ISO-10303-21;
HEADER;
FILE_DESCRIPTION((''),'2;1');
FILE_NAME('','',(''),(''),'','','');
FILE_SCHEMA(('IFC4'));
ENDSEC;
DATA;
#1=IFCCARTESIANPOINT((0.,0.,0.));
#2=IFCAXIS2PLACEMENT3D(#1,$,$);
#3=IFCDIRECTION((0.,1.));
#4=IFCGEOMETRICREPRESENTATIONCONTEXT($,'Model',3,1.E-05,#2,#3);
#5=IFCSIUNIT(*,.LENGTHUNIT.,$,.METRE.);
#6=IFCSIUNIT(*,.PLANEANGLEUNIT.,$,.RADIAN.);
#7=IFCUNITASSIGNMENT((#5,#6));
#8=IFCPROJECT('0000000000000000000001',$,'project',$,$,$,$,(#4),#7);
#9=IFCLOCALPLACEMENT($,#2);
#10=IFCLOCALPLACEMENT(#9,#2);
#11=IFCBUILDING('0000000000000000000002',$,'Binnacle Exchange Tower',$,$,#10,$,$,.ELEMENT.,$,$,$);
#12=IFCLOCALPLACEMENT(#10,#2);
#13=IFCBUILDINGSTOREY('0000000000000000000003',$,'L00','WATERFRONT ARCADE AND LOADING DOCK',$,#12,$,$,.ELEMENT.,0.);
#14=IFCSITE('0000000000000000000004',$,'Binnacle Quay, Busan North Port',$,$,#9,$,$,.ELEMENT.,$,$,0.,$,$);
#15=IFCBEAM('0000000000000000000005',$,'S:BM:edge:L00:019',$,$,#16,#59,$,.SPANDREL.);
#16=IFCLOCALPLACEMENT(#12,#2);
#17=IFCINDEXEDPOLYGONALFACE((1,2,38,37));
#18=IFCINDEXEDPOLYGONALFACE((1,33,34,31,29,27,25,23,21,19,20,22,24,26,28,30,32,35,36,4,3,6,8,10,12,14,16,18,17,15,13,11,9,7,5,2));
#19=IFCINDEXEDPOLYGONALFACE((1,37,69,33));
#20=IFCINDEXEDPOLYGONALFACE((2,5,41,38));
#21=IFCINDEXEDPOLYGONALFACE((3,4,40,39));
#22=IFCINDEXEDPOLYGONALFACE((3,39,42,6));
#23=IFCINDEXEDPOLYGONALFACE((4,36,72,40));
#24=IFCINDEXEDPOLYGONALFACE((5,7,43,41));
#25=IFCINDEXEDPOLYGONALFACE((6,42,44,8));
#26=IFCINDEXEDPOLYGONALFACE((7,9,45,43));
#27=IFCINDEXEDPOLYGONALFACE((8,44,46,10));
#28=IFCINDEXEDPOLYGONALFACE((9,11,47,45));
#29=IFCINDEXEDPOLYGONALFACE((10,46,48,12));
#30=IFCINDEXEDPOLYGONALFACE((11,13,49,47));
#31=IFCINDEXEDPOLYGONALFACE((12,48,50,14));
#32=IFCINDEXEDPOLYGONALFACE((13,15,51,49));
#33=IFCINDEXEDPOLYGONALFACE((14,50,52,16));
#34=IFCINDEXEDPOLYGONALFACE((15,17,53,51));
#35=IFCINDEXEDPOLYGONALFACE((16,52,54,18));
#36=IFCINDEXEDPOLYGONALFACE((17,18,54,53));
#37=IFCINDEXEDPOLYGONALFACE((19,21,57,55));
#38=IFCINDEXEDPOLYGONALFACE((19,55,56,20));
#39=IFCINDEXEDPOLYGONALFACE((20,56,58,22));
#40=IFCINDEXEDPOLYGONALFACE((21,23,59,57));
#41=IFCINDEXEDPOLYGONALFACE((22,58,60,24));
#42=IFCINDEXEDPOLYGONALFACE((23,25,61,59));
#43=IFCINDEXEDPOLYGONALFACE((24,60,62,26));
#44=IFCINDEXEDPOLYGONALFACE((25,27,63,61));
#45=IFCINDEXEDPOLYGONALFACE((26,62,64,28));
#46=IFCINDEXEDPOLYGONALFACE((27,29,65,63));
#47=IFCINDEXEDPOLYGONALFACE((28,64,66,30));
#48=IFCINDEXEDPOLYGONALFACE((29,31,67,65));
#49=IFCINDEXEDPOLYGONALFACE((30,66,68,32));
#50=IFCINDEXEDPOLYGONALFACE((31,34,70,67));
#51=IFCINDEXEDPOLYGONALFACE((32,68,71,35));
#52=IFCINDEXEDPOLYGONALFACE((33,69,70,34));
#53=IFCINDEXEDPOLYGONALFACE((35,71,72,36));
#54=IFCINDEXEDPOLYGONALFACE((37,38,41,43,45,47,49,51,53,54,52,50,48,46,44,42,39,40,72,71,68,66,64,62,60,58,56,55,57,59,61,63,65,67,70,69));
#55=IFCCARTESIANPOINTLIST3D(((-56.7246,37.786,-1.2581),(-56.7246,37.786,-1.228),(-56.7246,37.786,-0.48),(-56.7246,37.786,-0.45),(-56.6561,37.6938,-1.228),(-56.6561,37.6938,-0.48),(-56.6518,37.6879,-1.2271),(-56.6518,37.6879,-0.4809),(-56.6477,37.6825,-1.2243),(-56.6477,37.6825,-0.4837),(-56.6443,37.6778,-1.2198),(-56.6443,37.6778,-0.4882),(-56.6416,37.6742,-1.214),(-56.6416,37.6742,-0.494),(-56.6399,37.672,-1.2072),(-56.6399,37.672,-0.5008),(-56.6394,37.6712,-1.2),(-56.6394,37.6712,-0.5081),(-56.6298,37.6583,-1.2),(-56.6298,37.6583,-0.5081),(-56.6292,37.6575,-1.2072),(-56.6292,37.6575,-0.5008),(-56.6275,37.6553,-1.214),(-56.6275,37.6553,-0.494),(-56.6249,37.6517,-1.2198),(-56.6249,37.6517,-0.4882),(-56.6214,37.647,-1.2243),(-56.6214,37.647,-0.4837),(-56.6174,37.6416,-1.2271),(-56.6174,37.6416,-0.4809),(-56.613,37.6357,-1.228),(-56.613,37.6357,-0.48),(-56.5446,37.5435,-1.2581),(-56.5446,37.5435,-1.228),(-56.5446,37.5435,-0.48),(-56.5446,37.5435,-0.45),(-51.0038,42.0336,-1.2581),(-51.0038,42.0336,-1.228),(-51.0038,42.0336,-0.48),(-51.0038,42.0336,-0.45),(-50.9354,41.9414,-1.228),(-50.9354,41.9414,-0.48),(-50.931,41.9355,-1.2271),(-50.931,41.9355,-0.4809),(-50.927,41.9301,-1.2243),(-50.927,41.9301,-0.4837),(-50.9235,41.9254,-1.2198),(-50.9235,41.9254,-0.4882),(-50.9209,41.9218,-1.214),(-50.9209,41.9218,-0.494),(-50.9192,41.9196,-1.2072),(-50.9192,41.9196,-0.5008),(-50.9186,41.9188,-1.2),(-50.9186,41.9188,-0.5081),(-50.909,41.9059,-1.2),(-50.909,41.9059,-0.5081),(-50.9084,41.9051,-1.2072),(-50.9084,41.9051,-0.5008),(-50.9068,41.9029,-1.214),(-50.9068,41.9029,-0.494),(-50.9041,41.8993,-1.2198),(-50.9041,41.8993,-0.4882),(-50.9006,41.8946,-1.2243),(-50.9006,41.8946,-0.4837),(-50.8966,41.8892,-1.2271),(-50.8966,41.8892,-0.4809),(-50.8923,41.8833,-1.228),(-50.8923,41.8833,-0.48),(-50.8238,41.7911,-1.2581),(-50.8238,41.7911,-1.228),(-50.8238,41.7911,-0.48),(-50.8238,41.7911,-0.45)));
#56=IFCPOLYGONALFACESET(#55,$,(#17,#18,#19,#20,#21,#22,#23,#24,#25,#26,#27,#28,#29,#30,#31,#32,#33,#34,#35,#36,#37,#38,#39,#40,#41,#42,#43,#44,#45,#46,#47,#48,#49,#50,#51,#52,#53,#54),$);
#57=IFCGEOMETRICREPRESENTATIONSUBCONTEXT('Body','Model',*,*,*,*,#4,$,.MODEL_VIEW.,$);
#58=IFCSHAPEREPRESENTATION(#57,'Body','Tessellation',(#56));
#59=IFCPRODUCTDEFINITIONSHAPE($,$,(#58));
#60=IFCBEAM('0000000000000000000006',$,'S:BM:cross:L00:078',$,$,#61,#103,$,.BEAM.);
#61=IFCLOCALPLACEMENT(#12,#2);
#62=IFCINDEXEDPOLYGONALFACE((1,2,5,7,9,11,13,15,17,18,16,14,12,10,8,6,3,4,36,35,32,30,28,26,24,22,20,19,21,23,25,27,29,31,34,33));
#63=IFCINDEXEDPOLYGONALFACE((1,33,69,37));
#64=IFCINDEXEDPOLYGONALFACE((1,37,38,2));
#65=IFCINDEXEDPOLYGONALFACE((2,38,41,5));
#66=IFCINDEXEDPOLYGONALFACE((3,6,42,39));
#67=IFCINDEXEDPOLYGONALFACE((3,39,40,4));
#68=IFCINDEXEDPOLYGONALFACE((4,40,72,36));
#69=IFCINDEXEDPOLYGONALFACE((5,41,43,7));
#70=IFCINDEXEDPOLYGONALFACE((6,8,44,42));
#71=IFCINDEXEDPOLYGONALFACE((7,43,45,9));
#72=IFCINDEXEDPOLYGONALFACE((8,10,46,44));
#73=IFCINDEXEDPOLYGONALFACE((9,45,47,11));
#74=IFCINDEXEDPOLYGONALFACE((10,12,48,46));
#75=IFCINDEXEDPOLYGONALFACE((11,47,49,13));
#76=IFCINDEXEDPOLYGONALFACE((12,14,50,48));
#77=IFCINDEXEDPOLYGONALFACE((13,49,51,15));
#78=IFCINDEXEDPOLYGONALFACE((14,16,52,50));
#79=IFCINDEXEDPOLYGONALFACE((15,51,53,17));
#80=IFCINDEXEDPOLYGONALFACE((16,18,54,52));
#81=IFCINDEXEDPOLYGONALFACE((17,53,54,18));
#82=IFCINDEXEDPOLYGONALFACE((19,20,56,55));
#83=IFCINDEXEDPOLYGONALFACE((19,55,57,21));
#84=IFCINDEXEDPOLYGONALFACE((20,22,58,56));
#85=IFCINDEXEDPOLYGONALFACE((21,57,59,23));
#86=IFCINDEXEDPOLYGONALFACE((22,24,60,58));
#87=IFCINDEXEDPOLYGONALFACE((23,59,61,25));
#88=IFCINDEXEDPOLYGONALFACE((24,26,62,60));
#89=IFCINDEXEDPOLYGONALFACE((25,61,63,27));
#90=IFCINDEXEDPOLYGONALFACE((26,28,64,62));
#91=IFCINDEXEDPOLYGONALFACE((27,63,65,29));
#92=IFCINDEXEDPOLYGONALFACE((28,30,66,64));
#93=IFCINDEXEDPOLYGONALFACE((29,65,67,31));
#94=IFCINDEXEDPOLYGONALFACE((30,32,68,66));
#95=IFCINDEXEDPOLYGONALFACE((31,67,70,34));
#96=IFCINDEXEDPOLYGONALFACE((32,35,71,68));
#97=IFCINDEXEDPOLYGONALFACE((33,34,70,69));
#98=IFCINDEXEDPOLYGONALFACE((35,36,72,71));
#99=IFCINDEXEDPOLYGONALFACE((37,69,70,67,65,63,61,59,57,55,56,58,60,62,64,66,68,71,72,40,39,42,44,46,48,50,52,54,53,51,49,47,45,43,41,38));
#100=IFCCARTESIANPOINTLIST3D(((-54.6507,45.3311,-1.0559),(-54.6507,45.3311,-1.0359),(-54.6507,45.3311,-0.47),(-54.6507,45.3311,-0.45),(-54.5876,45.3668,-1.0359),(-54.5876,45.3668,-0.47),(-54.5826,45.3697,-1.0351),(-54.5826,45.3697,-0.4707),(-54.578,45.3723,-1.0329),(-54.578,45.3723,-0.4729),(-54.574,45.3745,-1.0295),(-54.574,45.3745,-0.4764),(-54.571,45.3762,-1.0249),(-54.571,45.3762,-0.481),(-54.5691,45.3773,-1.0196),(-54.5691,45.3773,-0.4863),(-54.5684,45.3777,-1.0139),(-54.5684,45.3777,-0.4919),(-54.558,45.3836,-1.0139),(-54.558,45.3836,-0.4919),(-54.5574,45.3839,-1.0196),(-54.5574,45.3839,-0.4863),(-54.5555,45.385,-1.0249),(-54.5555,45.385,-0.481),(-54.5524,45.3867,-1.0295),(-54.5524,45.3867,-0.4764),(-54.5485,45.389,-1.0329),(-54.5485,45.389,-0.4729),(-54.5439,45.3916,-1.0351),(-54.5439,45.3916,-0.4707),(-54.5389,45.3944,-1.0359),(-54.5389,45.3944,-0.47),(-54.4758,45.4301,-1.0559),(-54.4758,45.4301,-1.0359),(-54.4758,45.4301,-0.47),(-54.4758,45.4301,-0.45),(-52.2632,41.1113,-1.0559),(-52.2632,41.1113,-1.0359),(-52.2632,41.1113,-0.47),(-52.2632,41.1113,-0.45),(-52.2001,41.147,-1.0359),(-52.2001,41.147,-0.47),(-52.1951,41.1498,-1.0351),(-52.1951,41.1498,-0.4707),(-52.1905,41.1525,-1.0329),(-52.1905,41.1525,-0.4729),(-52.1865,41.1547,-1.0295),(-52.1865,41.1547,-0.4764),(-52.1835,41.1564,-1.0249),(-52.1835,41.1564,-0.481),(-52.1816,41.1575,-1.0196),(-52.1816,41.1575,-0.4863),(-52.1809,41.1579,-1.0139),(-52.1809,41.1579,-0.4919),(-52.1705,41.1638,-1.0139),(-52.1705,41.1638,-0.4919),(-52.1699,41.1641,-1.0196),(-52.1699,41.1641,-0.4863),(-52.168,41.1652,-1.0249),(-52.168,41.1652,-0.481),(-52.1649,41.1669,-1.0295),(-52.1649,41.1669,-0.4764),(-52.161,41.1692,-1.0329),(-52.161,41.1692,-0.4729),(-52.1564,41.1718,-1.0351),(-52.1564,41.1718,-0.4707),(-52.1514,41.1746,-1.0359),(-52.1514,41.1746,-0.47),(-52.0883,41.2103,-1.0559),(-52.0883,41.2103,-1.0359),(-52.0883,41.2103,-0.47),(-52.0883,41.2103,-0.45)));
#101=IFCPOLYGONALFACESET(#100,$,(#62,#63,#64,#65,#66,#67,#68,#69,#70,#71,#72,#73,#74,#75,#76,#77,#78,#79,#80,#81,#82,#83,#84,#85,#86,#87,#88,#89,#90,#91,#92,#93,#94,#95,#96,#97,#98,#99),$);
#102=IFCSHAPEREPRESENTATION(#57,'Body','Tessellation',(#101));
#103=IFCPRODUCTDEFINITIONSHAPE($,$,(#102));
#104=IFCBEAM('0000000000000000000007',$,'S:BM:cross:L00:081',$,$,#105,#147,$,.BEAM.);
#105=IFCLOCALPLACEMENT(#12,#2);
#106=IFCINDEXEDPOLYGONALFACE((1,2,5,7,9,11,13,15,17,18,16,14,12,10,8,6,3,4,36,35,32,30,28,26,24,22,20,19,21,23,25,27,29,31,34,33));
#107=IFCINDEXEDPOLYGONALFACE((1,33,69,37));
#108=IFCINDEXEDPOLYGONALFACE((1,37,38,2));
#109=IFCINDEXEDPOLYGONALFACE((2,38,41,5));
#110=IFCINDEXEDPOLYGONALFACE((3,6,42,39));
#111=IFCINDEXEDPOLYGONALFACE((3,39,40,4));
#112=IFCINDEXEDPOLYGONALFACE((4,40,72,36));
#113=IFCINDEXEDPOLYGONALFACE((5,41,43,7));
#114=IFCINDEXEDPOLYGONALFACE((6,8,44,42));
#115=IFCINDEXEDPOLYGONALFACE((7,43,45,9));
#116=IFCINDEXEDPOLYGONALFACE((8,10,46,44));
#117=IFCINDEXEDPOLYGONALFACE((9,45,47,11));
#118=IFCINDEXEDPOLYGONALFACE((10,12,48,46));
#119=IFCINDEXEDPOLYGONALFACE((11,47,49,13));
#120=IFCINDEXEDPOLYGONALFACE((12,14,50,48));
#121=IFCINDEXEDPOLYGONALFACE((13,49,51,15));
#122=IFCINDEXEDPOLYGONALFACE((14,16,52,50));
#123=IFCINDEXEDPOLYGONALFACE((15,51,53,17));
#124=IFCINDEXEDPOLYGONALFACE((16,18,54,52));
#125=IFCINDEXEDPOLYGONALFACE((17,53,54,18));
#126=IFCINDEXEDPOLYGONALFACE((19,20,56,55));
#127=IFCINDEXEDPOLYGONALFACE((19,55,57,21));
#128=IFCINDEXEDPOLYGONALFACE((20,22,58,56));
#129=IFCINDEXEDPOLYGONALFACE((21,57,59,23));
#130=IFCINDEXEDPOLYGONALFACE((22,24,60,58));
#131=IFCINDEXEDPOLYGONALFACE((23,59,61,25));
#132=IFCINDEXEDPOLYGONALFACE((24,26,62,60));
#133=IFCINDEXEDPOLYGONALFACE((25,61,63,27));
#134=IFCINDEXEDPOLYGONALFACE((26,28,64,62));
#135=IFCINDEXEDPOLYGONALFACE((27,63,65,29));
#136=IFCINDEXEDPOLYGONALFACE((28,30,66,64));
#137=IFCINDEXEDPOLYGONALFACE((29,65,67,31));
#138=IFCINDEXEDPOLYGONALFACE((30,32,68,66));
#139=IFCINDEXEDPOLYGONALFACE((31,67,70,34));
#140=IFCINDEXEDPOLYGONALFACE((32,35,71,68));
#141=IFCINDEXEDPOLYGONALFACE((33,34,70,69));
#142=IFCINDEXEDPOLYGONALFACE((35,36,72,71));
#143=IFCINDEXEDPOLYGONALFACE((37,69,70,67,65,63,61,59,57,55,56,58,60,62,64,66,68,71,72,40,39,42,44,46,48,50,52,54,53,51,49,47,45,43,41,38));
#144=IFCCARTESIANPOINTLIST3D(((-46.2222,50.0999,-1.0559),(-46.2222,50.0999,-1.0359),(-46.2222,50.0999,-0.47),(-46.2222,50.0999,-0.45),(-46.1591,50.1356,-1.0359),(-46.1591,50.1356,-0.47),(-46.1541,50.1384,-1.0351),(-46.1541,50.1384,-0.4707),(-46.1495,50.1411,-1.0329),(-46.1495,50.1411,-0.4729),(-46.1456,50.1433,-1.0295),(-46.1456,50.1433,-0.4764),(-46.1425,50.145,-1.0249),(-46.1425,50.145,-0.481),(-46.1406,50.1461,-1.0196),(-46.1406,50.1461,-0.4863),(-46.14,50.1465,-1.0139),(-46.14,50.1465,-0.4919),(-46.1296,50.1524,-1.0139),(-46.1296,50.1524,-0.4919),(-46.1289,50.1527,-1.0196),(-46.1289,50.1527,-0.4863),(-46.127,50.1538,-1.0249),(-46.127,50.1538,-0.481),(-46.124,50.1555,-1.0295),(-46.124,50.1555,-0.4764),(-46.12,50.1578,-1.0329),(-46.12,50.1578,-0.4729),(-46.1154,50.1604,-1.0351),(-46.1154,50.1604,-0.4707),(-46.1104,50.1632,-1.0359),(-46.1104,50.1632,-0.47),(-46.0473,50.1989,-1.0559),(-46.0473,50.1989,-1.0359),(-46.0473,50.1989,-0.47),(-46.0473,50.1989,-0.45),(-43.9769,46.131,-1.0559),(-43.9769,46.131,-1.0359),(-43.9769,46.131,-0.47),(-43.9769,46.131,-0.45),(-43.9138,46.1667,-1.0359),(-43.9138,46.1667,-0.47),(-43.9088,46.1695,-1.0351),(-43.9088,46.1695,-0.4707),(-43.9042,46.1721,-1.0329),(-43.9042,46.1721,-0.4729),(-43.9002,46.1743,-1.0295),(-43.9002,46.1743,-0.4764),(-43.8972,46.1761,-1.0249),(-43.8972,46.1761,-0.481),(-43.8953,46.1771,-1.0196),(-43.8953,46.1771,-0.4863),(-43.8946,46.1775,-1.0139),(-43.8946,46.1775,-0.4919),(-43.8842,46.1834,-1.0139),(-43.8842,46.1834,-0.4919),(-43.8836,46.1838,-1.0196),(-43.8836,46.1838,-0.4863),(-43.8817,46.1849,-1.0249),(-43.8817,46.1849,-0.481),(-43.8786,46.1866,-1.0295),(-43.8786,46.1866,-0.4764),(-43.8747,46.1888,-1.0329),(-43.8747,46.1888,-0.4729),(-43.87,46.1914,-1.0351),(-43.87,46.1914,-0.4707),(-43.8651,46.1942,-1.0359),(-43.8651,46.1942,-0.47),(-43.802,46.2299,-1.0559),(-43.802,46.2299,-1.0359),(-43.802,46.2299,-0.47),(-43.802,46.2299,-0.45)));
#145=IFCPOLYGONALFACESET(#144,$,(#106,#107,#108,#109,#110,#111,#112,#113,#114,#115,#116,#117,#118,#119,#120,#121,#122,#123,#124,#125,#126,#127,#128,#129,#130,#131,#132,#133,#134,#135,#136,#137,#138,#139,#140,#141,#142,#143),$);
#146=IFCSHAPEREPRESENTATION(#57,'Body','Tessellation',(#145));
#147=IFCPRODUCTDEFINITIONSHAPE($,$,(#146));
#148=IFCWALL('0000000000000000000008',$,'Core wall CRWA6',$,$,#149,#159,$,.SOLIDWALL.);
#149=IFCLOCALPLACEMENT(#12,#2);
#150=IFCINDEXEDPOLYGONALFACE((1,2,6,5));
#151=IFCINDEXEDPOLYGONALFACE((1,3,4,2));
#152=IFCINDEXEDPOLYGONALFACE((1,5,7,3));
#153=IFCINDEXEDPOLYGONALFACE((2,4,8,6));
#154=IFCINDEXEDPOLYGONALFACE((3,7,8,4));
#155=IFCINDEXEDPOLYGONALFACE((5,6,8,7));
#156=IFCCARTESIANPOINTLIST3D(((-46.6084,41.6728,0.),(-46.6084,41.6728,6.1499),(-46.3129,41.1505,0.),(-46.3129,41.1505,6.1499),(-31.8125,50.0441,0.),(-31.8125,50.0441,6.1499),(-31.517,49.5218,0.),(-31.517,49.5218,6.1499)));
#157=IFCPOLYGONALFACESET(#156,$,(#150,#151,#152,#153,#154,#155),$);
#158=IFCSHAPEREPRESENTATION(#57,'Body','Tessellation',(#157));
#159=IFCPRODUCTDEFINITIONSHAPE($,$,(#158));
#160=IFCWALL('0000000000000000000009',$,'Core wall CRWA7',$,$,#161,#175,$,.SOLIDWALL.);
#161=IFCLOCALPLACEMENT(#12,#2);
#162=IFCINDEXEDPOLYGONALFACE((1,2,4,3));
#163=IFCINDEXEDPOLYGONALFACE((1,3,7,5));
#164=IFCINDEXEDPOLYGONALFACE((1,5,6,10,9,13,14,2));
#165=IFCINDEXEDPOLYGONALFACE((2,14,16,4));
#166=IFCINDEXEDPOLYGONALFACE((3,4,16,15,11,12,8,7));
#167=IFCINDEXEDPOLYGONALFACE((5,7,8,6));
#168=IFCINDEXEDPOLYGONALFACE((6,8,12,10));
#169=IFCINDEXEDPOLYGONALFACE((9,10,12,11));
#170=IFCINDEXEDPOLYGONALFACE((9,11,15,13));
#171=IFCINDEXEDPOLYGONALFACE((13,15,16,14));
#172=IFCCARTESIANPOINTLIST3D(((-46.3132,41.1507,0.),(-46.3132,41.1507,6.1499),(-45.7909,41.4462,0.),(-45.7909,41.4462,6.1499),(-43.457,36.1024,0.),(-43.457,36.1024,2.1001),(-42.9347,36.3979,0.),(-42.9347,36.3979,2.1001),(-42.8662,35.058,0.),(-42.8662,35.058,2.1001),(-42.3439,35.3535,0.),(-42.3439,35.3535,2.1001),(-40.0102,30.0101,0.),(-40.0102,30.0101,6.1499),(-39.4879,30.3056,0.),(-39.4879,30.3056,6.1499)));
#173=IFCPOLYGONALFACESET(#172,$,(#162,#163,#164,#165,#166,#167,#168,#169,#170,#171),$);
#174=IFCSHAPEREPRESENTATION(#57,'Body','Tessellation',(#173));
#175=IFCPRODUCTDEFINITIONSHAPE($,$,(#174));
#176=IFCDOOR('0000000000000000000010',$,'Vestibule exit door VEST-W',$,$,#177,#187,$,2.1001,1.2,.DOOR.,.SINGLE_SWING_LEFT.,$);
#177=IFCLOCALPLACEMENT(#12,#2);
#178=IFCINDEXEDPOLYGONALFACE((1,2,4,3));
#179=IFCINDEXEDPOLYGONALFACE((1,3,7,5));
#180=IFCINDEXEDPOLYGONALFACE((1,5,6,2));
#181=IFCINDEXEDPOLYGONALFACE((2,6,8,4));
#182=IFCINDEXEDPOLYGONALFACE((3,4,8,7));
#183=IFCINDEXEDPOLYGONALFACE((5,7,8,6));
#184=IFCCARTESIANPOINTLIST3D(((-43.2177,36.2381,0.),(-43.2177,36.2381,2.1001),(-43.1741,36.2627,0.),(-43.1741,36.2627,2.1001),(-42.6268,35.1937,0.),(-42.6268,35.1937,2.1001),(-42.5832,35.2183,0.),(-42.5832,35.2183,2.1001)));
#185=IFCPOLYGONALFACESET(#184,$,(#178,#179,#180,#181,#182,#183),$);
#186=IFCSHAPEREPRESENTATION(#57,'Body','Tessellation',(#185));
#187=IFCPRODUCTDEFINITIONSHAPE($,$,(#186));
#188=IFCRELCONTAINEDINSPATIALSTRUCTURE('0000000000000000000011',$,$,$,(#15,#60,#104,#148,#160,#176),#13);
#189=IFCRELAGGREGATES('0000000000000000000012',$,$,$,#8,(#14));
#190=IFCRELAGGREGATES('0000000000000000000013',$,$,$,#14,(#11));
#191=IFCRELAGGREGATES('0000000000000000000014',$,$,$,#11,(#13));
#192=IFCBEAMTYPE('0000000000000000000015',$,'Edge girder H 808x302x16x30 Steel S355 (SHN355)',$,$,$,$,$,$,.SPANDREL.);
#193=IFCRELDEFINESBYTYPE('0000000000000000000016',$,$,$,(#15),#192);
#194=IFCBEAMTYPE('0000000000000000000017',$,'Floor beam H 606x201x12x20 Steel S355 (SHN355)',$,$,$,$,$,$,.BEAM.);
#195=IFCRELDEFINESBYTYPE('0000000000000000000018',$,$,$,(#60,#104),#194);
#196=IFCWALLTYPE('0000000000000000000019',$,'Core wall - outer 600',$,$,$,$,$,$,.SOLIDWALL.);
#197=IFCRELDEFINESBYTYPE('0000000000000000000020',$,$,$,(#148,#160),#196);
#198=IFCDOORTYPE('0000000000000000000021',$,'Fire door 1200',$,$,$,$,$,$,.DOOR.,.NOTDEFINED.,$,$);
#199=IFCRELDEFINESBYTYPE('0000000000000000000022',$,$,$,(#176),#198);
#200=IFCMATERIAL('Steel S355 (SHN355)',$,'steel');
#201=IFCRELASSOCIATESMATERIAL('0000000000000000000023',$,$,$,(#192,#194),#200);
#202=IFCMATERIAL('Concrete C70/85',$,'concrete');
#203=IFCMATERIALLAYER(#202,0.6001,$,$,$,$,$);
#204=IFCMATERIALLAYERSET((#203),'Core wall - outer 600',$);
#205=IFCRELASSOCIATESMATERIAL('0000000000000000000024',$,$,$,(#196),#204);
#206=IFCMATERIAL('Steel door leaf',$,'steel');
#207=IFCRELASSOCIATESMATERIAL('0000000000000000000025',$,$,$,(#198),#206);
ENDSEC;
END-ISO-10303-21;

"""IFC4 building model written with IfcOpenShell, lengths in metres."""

from ifc_helpers import new_model, si_unit, direction, frame, frame_2d, origin, origin_2d, place, context, subcontext, project, spatial, rectangle, i_section, extrude, material, layer, layer_set, material_profile, profile_set, type_object, element, fill, save


model = new_model("IFC4")

# Units and contexts
model_context = context("Model", 3, precision=1e-05, world=origin(), true_north=direction((0.0, 1.0)))
body_context = subcontext(model_context, "Body", "Model", "MODEL_VIEW")
ifc_project = project(units=[si_unit("LENGTHUNIT", "METRE"), si_unit("PLANEANGLEUNIT", "RADIAN")], contexts=[model_context])

# Site, building, storey
site_placement = place(None, origin())
site = spatial("IfcSite", under=ifc_project, at=site_placement, Name="Binnacle Quay, Busan North Port", CompositionType="ELEMENT", RefElevation=0.0)
building_placement = place(site_placement, origin())
building = spatial("IfcBuilding", under=site, at=building_placement, Name="Binnacle Exchange Tower", CompositionType="ELEMENT")
storey_placement = place(building_placement, origin())
storey = spatial("IfcBuildingStorey", under=building, at=storey_placement, Name="L00", Description="WATERFRONT ARCADE AND LOADING DOCK", CompositionType="ELEMENT", Elevation=0.0)

# Shared definitions
ifc_material_1 = material(Name="Concrete C70/85", Category="concrete")

# Beams
ifc_material_2 = material(Name="Steel S355 (SHN355)", Category="steel")
ifc_material_profile_1 = material_profile(ifc_material_2, i_section(OverallWidth=0.302, OverallDepth=0.8081, WebThickness=0.0161, FlangeThickness=0.03, FilletRadius=0.0281, at=origin_2d()), Name="H 808x302x16x30")
ifc_profile_set_1 = profile_set([ifc_material_profile_1], Name="Steel S355 (SHN355)")
beam_type_1 = type_object("IfcBeamType", Name="Edge girder H 808x302x16x30 Steel S355 (SHN355)", PredefinedType="SPANDREL", material=ifc_profile_set_1)
beam_1_placement = place(storey_placement, frame((-50.9138, 41.9124, -0.854), z_axis=(-0.802885, -0.596133, 0.0), x_axis=(0.596133, -0.802885, 0.0)))
element("IfcBeam", 1, at=beam_1_placement, inside=storey, type_object=beam_type_1, Name="S:BM:edge:L00:019", PredefinedType="SPANDREL", context=body_context, shape_type="SweptSolid", body=[
    extrude(i_section(OverallWidth=0.302, OverallDepth=0.8081, WebThickness=0.0161, FlangeThickness=0.03, FilletRadius=0.0281, at=origin_2d()), origin(), (0.0, 0.0, 1.0), 7.1252),
])
ifc_material_profile_2 = material_profile(ifc_material_2, i_section(OverallWidth=0.2009, OverallDepth=0.606, WebThickness=0.012, FlangeThickness=0.02, FilletRadius=0.022, at=origin_2d()), Name="H 606x201x12x20")
ifc_profile_set_2 = profile_set([ifc_material_profile_2], Name="Steel S355 (SHN355)")
beam_type_2 = type_object("IfcBeamType", Name="Floor beam H 606x201x12x20 Steel S355 (SHN355)", PredefinedType="BEAM", material=ifc_profile_set_2)
beam_2_placement = place(storey_placement, frame((-54.5632, 45.3806, -0.7529), z_axis=(0.492431, -0.870352, 0.0), x_axis=(0.870352, 0.492431, 0.0)))
element("IfcBeam", 2, at=beam_2_placement, inside=storey, type_object=beam_type_2, Name="S:BM:cross:L00:078", PredefinedType="BEAM", context=body_context, shape_type="SweptSolid", body=[
    extrude(i_section(OverallWidth=0.2009, OverallDepth=0.606, WebThickness=0.012, FlangeThickness=0.02, FilletRadius=0.022, at=origin_2d()), origin(), (0.0, 0.0, 1.0), 4.8484),
])
beam_3_placement = place(storey_placement, frame((-46.1348, 50.1494, -0.7529), z_axis=(0.492392, -0.870373, 0.0), x_axis=(0.870373, 0.492392, 0.0)))
element("IfcBeam", 3, at=beam_3_placement, inside=storey, type_object=beam_type_2, Name="S:BM:cross:L00:081", PredefinedType="BEAM", context=body_context, shape_type="SweptSolid", body=[
    extrude(i_section(OverallWidth=0.2009, OverallDepth=0.606, WebThickness=0.012, FlangeThickness=0.02, FilletRadius=0.022, at=origin_2d()), origin(), (0.0, 0.0, 1.0), 4.5601),
])

# Wall
ifc_layer_1 = layer(ifc_material_1, 0.6001)
ifc_layer_set_1 = layer_set([ifc_layer_1], Name="Core wall - outer 600")
wall_type_1 = type_object("IfcWallType", Name="Core wall - outer 600", PredefinedType="SOLIDWALL", material=ifc_layer_set_1)
wall_1_placement = place(storey_placement, frame((-46.4607, 41.4116, 0.0), z_axis=(0.0, 0.0, 1.0), x_axis=(0.87035, 0.492433, 0.0)))
element("IfcWall", 4, at=wall_1_placement, inside=storey, type_object=wall_type_1, Name="Core wall CRWA6", PredefinedType="SOLIDWALL", context=body_context, shape_type="SweptSolid", body=[
    extrude(rectangle(XDim=17.0, YDim=0.6001, at=frame_2d((8.5, 0.0))), origin(), (0.0, 0.0, 1.0), 6.1499),
])

# Wall, opening, door
wall_2_placement = place(storey_placement, frame((-46.052, 41.2983, 0.0), z_axis=(0.0, 0.0, 1.0), x_axis=(0.492419, -0.870359, 0.0)))
wall_2 = element("IfcWall", 5, at=wall_2_placement, inside=storey, type_object=wall_type_1, Name="Core wall CRWA7", PredefinedType="SOLIDWALL", context=body_context, shape_type="SweptSolid", body=[
    extrude(rectangle(XDim=12.8, YDim=0.6001, at=frame_2d((6.3999, 0.0))), origin(), (0.0, 0.0, 1.0), 6.1499),
])
opening_1_placement = place(wall_2_placement, frame((5.8, 0.0, 0.0)))
opening_1 = element("IfcOpeningElement", 6, at=opening_1_placement, cuts=wall_2, PredefinedType="OPENING", context=body_context, shape_type="SweptSolid", body=[
    extrude(rectangle(XDim=1.2, YDim=2.1001, at=frame_2d((0.6001, 1.05))), frame((0.0, 0.3101, 0.0), z_axis=(0.0, -1.0, 0.0), x_axis=(1.0, 0.0, 0.0)), (0.0, 0.0, 1.0), 0.6201),
])
ifc_material_3 = material(Name="Steel door leaf", Category="steel")
door_type_1 = type_object("IfcDoorType", Name="Fire door 1200", OperationType="NOTDEFINED", PredefinedType="DOOR", material=ifc_material_3)
door_1_placement = place(opening_1_placement, frame((1.2, 0.0, 0.0), z_axis=(0.0, 0.0, 1.0), x_axis=(-1.0, 0.0, 0.0)))
door_1 = element("IfcDoor", 7, at=door_1_placement, inside=storey, type_object=door_type_1, Name="Vestibule exit door VEST-W", OperationType="SINGLE_SWING_LEFT", OverallHeight=2.1001, OverallWidth=1.2, PredefinedType="DOOR", context=body_context, shape_type="SweptSolid", body=[
    extrude(rectangle(XDim=1.2, YDim=2.1001, at=frame_2d((0.6001, 1.05))), frame((0.0, 0.0249, 0.0), z_axis=(0.0, -1.0, 0.0), x_axis=(1.0, 0.0, 0.0)), (0.0, 0.0, 1.0), 0.05),
])
fill(opening_1, door_1)

save(model, "model.ifc")
